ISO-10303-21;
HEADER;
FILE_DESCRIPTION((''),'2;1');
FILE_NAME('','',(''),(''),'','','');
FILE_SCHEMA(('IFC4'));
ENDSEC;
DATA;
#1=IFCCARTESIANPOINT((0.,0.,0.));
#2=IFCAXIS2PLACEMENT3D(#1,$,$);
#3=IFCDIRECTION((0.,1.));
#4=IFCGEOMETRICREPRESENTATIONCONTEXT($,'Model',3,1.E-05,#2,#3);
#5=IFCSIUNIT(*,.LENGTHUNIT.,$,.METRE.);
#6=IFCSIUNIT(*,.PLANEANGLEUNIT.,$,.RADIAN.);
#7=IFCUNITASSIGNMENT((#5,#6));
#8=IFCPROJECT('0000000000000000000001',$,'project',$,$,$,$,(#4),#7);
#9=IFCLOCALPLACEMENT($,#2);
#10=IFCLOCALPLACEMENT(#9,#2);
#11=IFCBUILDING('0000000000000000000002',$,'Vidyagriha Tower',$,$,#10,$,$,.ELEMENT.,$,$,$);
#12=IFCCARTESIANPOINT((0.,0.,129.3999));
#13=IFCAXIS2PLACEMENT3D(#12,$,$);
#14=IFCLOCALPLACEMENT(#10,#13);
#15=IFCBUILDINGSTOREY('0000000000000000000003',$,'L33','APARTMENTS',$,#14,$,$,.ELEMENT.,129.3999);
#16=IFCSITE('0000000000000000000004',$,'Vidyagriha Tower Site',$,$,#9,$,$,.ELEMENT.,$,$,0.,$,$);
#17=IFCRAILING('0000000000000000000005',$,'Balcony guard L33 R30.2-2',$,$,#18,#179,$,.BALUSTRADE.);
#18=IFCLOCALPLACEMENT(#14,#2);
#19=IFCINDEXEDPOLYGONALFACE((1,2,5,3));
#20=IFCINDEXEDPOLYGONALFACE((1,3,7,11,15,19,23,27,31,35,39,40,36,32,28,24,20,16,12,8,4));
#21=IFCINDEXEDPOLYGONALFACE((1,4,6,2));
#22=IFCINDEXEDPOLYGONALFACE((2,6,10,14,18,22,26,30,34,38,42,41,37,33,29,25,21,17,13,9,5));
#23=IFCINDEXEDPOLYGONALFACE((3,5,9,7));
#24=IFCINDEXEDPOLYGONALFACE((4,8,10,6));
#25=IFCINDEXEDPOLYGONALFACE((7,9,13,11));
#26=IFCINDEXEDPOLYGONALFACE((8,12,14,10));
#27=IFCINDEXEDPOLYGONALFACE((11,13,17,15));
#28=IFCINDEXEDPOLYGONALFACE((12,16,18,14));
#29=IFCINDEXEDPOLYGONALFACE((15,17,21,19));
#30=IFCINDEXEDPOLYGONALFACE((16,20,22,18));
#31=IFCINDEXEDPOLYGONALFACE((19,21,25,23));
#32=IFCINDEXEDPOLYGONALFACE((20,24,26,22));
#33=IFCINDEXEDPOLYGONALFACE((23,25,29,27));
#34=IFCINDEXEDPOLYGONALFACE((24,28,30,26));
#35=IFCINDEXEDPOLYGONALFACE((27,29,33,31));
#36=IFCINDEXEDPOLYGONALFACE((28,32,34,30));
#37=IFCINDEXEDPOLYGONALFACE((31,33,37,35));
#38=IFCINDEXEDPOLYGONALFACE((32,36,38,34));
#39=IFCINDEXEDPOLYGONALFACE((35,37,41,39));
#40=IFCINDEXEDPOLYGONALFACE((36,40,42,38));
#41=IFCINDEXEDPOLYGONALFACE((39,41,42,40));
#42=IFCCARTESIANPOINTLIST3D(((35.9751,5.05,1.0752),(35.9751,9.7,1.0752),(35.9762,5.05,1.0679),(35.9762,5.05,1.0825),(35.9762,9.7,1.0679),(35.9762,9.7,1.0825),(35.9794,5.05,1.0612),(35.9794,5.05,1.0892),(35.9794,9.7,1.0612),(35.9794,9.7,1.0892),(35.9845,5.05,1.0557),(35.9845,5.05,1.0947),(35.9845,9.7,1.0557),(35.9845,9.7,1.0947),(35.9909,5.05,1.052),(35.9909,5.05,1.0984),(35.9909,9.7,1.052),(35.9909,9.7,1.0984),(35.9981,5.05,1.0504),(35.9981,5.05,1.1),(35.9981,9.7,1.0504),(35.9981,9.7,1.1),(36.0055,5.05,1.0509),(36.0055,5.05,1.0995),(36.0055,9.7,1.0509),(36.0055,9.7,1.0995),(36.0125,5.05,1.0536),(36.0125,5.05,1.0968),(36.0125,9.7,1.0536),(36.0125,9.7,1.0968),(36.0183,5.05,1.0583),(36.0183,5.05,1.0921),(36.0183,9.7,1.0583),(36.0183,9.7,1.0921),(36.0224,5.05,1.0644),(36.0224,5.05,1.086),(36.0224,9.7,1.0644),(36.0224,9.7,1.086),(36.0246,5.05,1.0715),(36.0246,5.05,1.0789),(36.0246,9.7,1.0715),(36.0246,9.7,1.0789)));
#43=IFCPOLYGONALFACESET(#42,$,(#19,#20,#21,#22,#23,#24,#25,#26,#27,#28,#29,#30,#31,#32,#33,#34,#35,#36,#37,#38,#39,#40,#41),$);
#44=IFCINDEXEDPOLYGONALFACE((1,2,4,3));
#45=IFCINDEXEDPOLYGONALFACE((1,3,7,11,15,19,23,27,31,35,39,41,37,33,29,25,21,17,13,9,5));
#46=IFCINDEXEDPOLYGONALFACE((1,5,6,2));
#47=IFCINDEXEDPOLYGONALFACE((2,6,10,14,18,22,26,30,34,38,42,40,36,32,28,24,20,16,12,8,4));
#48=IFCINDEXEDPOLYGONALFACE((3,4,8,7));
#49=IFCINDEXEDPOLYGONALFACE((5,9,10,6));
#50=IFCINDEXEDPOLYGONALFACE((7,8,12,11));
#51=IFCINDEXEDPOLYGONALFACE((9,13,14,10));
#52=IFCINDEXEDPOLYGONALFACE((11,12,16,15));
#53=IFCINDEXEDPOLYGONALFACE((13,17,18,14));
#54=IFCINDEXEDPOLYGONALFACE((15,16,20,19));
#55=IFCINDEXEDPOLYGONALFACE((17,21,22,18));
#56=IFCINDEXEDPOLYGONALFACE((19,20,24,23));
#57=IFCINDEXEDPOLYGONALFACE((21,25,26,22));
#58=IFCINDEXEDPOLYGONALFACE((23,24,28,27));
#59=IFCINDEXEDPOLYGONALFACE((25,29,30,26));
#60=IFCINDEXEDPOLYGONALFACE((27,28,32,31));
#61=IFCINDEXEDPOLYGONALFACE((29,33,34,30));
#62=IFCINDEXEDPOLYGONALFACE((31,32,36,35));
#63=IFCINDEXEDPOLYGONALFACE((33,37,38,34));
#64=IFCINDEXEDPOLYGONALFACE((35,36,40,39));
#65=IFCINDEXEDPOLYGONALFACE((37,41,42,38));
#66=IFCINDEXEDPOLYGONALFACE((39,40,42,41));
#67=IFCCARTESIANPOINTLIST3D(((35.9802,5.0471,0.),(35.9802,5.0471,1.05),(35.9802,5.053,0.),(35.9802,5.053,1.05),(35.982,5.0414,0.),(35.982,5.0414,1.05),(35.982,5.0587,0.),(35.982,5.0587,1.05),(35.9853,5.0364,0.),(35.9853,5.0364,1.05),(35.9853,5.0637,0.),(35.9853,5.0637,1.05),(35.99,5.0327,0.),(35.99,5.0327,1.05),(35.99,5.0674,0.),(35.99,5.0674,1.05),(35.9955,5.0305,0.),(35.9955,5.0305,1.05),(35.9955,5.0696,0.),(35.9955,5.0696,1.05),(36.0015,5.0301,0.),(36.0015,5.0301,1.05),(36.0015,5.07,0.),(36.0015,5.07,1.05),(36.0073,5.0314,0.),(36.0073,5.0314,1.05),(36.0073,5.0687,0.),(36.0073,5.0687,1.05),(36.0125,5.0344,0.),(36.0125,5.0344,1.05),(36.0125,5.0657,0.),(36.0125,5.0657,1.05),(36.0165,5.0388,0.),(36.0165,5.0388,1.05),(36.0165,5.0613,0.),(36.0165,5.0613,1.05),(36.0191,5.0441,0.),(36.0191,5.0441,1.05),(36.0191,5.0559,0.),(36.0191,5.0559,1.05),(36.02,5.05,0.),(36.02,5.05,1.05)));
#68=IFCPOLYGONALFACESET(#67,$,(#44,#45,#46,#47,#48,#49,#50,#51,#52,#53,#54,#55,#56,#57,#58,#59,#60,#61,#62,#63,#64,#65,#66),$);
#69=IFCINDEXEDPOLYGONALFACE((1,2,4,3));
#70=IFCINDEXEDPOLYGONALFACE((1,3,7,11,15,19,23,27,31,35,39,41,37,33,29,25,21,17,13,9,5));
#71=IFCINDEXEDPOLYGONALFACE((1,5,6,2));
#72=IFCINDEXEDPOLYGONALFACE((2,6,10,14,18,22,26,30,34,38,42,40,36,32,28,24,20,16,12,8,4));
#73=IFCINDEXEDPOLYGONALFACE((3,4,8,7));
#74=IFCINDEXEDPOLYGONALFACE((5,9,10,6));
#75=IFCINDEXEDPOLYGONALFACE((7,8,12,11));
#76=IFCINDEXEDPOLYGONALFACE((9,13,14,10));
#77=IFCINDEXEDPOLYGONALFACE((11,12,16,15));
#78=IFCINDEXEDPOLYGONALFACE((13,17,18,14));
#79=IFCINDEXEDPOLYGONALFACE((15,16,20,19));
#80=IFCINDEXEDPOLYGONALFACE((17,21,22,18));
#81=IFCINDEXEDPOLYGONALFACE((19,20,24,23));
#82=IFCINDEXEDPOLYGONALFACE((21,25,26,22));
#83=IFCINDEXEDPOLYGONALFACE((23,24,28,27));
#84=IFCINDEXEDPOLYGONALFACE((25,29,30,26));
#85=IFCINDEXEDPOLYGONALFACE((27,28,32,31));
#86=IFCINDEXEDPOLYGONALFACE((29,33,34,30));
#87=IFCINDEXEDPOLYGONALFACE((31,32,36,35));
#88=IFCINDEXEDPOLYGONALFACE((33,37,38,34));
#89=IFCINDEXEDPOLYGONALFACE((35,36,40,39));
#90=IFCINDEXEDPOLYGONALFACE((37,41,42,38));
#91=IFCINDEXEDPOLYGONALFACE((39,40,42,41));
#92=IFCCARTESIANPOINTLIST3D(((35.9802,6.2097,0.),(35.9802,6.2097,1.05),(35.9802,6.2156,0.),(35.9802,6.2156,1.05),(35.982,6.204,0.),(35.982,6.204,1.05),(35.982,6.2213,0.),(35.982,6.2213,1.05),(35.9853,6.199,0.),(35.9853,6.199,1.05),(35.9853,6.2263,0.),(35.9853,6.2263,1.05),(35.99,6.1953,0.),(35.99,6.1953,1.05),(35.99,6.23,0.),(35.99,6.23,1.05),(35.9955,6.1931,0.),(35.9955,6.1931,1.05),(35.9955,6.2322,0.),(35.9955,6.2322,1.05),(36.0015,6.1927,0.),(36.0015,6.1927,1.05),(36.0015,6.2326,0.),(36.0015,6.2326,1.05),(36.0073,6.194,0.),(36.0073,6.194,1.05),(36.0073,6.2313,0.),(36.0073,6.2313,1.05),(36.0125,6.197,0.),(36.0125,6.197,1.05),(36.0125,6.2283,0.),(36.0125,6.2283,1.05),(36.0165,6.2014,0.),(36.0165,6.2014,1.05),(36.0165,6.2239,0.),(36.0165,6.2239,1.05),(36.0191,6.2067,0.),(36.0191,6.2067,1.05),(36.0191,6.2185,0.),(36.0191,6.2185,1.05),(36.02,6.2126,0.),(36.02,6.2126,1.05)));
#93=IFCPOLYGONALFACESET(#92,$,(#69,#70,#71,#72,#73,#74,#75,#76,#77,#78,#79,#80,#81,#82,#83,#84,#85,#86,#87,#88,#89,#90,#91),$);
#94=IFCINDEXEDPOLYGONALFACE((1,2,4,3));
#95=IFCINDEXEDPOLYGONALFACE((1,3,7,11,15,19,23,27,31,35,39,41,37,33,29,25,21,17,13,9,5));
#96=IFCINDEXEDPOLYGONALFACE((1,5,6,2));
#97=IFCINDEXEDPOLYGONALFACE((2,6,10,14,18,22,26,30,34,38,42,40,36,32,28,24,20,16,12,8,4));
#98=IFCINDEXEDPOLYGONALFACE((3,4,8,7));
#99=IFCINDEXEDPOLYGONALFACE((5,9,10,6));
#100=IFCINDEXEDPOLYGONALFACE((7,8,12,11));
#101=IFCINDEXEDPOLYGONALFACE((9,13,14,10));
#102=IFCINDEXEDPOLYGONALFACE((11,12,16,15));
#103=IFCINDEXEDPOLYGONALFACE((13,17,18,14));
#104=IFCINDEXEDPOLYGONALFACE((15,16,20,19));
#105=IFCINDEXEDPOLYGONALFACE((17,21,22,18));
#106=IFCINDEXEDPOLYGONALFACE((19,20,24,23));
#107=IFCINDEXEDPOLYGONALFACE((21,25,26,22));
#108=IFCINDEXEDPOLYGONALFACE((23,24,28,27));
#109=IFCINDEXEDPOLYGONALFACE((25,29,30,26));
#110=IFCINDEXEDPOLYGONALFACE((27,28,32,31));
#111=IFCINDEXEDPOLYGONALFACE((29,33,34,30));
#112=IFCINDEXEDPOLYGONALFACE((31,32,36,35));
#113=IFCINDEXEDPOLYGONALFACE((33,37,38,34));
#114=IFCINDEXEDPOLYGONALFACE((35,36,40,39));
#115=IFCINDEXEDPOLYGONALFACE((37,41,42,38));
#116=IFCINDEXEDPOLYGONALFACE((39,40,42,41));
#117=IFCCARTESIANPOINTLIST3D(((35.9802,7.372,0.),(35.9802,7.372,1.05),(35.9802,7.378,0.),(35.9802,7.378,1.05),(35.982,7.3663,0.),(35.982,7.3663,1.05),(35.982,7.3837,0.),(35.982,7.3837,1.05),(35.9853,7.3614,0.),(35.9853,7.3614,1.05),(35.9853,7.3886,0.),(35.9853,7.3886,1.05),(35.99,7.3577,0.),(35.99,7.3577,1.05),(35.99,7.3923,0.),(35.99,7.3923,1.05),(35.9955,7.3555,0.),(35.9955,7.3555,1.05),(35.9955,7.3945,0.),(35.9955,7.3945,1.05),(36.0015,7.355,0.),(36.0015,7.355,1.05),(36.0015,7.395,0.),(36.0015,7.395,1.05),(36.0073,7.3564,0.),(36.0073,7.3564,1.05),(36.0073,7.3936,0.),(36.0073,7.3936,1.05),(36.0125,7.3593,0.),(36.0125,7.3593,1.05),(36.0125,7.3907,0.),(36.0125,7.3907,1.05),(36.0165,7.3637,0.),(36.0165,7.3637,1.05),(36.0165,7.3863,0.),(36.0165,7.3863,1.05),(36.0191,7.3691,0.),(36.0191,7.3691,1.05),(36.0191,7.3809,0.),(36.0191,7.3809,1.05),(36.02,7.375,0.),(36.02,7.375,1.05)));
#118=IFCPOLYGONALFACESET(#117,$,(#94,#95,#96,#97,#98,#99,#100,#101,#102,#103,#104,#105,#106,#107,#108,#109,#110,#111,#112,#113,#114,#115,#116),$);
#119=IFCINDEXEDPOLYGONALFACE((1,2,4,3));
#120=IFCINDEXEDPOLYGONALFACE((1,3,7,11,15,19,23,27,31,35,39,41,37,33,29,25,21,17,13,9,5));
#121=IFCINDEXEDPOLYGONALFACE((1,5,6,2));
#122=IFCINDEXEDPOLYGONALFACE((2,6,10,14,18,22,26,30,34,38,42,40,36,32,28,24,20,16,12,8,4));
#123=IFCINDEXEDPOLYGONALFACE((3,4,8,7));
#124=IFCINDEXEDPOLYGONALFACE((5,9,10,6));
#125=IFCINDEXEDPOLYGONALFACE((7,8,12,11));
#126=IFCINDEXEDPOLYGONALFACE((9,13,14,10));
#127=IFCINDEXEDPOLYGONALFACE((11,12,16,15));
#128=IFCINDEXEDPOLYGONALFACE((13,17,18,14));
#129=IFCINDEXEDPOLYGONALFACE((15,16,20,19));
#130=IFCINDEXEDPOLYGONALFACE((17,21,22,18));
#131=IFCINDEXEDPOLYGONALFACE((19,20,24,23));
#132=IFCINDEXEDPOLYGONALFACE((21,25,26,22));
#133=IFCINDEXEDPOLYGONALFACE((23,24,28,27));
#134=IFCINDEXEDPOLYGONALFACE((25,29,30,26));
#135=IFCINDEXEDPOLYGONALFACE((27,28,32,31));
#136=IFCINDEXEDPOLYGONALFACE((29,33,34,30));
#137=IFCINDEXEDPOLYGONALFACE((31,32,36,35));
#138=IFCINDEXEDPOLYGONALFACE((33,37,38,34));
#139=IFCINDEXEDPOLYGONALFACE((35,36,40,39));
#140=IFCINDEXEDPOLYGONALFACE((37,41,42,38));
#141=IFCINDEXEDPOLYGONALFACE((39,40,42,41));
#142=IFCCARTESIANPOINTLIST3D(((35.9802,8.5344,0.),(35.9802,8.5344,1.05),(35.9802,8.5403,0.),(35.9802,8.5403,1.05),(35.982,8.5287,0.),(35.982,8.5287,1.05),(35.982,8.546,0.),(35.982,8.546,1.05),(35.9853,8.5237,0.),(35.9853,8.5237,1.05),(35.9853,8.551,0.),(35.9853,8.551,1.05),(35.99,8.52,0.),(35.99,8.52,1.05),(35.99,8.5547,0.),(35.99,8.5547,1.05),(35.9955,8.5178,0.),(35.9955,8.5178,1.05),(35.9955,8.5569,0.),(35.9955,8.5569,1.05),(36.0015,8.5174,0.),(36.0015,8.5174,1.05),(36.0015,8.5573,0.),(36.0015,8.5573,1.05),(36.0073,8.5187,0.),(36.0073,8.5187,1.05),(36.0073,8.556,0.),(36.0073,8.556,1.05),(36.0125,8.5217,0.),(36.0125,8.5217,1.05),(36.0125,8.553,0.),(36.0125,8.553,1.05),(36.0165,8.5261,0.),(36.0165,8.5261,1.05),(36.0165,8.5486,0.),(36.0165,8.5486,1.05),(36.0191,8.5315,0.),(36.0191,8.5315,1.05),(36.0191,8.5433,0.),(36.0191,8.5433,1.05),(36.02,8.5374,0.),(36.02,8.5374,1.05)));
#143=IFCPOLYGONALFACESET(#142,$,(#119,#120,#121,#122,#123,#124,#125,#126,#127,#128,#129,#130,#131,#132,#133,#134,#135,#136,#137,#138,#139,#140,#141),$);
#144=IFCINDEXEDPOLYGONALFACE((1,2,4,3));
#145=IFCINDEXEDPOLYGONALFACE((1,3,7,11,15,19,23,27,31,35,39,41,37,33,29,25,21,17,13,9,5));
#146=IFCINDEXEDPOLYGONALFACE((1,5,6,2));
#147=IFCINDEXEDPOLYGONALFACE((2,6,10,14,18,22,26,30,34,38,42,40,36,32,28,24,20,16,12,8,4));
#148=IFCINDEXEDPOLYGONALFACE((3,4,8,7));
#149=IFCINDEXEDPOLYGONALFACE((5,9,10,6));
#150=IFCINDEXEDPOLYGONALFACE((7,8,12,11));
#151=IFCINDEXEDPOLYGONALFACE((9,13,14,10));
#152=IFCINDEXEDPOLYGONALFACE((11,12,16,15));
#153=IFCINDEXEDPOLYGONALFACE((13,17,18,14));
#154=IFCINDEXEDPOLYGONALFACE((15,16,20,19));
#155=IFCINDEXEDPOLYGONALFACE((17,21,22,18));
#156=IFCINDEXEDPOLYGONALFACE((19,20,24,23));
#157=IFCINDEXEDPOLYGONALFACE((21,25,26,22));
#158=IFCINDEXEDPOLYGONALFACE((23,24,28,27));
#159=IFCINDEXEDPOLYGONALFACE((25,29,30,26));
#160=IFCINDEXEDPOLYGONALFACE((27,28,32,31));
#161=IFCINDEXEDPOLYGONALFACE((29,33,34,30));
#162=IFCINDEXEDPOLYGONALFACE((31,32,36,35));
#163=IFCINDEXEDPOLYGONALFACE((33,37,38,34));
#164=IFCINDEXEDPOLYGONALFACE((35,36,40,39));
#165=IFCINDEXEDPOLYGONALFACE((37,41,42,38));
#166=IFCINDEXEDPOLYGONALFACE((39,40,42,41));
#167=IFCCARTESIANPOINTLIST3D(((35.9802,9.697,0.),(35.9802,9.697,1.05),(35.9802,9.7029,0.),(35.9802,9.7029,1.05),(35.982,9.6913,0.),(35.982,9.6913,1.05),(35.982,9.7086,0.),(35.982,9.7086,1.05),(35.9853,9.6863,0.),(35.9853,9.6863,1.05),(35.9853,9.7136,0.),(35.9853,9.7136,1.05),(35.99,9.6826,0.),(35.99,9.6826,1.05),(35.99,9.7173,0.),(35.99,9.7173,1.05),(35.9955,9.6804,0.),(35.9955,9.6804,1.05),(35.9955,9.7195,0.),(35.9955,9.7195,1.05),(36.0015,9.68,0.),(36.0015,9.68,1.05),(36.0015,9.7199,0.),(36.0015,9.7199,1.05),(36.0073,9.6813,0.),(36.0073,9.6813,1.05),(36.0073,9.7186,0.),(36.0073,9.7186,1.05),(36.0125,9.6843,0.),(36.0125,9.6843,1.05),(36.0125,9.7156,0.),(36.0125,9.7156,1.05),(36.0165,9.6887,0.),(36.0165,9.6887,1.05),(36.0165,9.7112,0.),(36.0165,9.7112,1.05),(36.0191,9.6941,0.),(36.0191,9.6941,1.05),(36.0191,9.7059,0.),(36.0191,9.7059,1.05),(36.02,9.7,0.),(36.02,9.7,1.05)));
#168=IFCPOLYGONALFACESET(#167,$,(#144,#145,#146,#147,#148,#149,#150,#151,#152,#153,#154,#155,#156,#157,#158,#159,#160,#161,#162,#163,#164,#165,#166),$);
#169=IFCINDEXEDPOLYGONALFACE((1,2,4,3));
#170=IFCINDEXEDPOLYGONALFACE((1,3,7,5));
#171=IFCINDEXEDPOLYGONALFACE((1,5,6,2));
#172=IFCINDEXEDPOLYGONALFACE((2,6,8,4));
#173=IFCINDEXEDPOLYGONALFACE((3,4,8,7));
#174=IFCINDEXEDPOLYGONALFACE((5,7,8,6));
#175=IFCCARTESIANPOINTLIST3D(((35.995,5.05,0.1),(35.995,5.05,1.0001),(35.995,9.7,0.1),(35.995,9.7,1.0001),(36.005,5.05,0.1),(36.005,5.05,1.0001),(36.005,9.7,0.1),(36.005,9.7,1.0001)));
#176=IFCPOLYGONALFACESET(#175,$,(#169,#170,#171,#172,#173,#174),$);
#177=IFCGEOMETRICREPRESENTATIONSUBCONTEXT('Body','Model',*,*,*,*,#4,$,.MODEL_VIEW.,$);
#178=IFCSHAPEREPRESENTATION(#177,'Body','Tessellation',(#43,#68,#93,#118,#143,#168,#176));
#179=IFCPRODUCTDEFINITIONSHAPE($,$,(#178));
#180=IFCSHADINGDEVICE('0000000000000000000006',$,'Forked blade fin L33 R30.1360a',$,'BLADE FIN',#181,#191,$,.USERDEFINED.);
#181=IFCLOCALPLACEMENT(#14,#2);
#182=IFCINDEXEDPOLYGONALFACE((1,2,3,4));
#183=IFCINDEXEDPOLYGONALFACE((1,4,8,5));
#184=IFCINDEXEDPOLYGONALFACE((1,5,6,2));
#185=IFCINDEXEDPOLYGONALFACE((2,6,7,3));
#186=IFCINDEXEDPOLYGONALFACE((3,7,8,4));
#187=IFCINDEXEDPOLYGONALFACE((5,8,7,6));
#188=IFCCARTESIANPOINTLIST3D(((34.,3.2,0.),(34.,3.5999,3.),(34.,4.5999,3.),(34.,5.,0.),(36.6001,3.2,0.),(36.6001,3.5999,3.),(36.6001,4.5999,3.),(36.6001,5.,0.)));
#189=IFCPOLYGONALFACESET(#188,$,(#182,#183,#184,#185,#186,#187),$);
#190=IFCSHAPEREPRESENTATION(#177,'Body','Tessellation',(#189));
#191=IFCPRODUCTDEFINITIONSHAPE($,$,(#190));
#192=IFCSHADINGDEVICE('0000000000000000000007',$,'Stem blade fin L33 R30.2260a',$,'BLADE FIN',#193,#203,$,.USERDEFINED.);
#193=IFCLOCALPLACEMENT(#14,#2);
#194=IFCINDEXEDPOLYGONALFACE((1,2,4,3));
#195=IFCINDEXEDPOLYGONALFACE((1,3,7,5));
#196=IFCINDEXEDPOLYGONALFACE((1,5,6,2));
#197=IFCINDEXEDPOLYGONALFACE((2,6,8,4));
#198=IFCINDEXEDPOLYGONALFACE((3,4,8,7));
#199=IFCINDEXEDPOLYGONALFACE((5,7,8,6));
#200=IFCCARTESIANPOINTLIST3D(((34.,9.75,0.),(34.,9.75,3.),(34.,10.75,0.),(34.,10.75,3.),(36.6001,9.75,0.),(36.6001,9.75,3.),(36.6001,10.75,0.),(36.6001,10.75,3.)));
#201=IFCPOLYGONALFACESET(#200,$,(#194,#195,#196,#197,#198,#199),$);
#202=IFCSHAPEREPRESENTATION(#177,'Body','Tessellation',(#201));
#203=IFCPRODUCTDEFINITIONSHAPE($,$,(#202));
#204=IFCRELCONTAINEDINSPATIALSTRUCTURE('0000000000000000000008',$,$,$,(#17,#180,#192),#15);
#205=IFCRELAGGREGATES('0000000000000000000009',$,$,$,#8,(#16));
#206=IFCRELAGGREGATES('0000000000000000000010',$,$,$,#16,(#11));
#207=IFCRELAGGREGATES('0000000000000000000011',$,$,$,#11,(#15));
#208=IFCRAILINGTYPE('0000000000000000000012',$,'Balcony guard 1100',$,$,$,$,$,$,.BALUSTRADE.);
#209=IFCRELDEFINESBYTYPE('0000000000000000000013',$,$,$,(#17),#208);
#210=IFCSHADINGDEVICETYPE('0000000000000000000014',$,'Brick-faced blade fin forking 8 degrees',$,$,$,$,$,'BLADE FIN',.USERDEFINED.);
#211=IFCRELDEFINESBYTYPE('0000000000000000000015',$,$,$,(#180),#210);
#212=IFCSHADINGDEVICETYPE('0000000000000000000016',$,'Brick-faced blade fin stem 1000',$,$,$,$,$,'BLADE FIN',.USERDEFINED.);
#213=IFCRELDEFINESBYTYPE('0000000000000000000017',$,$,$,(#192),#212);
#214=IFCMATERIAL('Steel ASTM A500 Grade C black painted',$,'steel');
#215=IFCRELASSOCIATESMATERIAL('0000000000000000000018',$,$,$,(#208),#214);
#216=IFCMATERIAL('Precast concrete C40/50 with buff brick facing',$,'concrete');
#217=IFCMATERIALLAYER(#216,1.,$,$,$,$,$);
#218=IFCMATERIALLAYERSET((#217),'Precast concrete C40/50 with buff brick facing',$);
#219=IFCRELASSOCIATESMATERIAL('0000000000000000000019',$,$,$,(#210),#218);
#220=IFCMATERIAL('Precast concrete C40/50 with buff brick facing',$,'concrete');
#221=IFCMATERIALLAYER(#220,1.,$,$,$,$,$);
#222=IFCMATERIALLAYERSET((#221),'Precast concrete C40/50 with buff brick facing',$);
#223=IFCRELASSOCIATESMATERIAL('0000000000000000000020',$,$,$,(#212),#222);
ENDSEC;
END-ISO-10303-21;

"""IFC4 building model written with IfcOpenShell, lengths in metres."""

from ifc_helpers import new_model, si_unit, direction, frame, origin, origin_2d, place, context, subcontext, project, spatial, polyline, rectangle, circle, outline, extrude, material, layer, layer_set, type_object, element, save


model = new_model("IFC4")

# Units and contexts
model_context = context("Model", 3, precision=1e-05, world=origin(), true_north=direction((0.0, 1.0)))
body_context = subcontext(model_context, "Body", "Model", "MODEL_VIEW")
ifc_project = project(units=[si_unit("LENGTHUNIT", "METRE"), si_unit("PLANEANGLEUNIT", "RADIAN")], contexts=[model_context])

# Site, building, storey
site_placement = place(None, origin())
site = spatial("IfcSite", under=ifc_project, at=site_placement, Name="Vidyagriha Tower Site", CompositionType="ELEMENT", RefElevation=0.0)
building_placement = place(site_placement, origin())
building = spatial("IfcBuilding", under=site, at=building_placement, Name="Vidyagriha Tower", CompositionType="ELEMENT")
storey_placement = place(building_placement, frame((0.0, 0.0, 129.3999)))
storey = spatial("IfcBuildingStorey", under=building, at=storey_placement, Name="L33", Description="APARTMENTS", CompositionType="ELEMENT", Elevation=129.3999)

# Railing
ifc_material_1 = material(Name="Steel ASTM A500 Grade C black painted", Category="steel")
railing_type_1 = type_object("IfcRailingType", Name="Balcony guard 1100", PredefinedType="BALUSTRADE", material=ifc_material_1)
railing_1_placement = place(storey_placement, frame((36.0, 5.05, 0.0)))
element("IfcRailing", 1, at=railing_1_placement, inside=storey, type_object=railing_type_1, Name="Balcony guard L33 R30.2-2", PredefinedType="BALUSTRADE", context=body_context, shape_type="SweptSolid", body=[
    extrude(circle(Radius=0.0249, at=origin_2d()), frame((0.0, 0.0, 1.0752), z_axis=(0.0, 1.0, 0.0), x_axis=(-1.0, 0.0, 0.0)), (0.0, 0.0, 1.0), 4.6499),
    extrude(circle(Radius=0.02, at=origin_2d()), origin(), (0.0, 0.0, 1.0), 1.05),
    extrude(circle(Radius=0.02, at=origin_2d()), frame((0.0, 1.1626, 0.0)), (0.0, 0.0, 1.0), 1.05),
    extrude(circle(Radius=0.02, at=origin_2d()), frame((0.0, 2.325, 0.0)), (0.0, 0.0, 1.0), 1.05),
    extrude(circle(Radius=0.02, at=origin_2d()), frame((0.0, 3.4873, 0.0)), (0.0, 0.0, 1.0), 1.05),
    extrude(circle(Radius=0.02, at=origin_2d()), frame((0.0, 4.6499, 0.0)), (0.0, 0.0, 1.0), 1.05),
    extrude(rectangle(XDim=0.01, YDim=0.9001, at=origin_2d()), frame((0.0, 0.0, 0.55), z_axis=(0.0, 1.0, 0.0), x_axis=(-1.0, 0.0, 0.0)), (0.0, 0.0, 1.0), 4.6499),
])

# Shading devices
ifc_material_2 = material(Name="Precast concrete C40/50 with buff brick facing", Category="concrete")
ifc_layer_1 = layer(ifc_material_2, 1.0)
ifc_layer_set_1 = layer_set([ifc_layer_1], Name="Precast concrete C40/50 with buff brick facing")
shading_device_type_1 = type_object("IfcShadingDeviceType", Name="Brick-faced blade fin forking 8 degrees", ElementType="BLADE FIN", PredefinedType="USERDEFINED", material=ifc_layer_set_1)
shading_device_1_placement = place(storey_placement, frame((35.3, 3.2, 0.0), z_axis=(0.0, 0.0, 1.0), x_axis=(0.0, 1.0, 0.0)))
element("IfcShadingDevice", 2, at=shading_device_1_placement, inside=storey, type_object=shading_device_type_1, Name="Forked blade fin L33 R30.1360a", ObjectType="BLADE FIN", PredefinedType="USERDEFINED", context=body_context, shape_type="SweptSolid", body=[
    extrude(outline(polyline([(0.0, 0.0), (1.8, 0.0), (1.3999, 3.0), (0.3999, 3.0), (0.0, 0.0)])), frame((0.0, 1.3, 0.0), z_axis=(0.0, -1.0, 0.0), x_axis=(1.0, 0.0, 0.0)), (0.0, 0.0, 1.0), 2.6001),
])
ifc_material_3 = material(Name="Precast concrete C40/50 with buff brick facing", Category="concrete")
ifc_layer_2 = layer(ifc_material_3, 1.0)
ifc_layer_set_2 = layer_set([ifc_layer_2], Name="Precast concrete C40/50 with buff brick facing")
shading_device_type_2 = type_object("IfcShadingDeviceType", Name="Brick-faced blade fin stem 1000", ElementType="BLADE FIN", PredefinedType="USERDEFINED", material=ifc_layer_set_2)
shading_device_2_placement = place(storey_placement, frame((35.3, 9.75, 0.0), z_axis=(0.0, 0.0, 1.0), x_axis=(0.0, 1.0, 0.0)))
element("IfcShadingDevice", 3, at=shading_device_2_placement, inside=storey, type_object=shading_device_type_2, Name="Stem blade fin L33 R30.2260a", ObjectType="BLADE FIN", PredefinedType="USERDEFINED", context=body_context, shape_type="SweptSolid", body=[
    extrude(outline(polyline([(0.0, 0.0), (1.0, 0.0), (1.0, 3.0), (0.0, 3.0), (0.0, 0.0)])), frame((0.0, 1.3, 0.0), z_axis=(0.0, -1.0, 0.0), x_axis=(1.0, 0.0, 0.0)), (0.0, 0.0, 1.0), 2.6001),
])

save(model, "model.ifc")
